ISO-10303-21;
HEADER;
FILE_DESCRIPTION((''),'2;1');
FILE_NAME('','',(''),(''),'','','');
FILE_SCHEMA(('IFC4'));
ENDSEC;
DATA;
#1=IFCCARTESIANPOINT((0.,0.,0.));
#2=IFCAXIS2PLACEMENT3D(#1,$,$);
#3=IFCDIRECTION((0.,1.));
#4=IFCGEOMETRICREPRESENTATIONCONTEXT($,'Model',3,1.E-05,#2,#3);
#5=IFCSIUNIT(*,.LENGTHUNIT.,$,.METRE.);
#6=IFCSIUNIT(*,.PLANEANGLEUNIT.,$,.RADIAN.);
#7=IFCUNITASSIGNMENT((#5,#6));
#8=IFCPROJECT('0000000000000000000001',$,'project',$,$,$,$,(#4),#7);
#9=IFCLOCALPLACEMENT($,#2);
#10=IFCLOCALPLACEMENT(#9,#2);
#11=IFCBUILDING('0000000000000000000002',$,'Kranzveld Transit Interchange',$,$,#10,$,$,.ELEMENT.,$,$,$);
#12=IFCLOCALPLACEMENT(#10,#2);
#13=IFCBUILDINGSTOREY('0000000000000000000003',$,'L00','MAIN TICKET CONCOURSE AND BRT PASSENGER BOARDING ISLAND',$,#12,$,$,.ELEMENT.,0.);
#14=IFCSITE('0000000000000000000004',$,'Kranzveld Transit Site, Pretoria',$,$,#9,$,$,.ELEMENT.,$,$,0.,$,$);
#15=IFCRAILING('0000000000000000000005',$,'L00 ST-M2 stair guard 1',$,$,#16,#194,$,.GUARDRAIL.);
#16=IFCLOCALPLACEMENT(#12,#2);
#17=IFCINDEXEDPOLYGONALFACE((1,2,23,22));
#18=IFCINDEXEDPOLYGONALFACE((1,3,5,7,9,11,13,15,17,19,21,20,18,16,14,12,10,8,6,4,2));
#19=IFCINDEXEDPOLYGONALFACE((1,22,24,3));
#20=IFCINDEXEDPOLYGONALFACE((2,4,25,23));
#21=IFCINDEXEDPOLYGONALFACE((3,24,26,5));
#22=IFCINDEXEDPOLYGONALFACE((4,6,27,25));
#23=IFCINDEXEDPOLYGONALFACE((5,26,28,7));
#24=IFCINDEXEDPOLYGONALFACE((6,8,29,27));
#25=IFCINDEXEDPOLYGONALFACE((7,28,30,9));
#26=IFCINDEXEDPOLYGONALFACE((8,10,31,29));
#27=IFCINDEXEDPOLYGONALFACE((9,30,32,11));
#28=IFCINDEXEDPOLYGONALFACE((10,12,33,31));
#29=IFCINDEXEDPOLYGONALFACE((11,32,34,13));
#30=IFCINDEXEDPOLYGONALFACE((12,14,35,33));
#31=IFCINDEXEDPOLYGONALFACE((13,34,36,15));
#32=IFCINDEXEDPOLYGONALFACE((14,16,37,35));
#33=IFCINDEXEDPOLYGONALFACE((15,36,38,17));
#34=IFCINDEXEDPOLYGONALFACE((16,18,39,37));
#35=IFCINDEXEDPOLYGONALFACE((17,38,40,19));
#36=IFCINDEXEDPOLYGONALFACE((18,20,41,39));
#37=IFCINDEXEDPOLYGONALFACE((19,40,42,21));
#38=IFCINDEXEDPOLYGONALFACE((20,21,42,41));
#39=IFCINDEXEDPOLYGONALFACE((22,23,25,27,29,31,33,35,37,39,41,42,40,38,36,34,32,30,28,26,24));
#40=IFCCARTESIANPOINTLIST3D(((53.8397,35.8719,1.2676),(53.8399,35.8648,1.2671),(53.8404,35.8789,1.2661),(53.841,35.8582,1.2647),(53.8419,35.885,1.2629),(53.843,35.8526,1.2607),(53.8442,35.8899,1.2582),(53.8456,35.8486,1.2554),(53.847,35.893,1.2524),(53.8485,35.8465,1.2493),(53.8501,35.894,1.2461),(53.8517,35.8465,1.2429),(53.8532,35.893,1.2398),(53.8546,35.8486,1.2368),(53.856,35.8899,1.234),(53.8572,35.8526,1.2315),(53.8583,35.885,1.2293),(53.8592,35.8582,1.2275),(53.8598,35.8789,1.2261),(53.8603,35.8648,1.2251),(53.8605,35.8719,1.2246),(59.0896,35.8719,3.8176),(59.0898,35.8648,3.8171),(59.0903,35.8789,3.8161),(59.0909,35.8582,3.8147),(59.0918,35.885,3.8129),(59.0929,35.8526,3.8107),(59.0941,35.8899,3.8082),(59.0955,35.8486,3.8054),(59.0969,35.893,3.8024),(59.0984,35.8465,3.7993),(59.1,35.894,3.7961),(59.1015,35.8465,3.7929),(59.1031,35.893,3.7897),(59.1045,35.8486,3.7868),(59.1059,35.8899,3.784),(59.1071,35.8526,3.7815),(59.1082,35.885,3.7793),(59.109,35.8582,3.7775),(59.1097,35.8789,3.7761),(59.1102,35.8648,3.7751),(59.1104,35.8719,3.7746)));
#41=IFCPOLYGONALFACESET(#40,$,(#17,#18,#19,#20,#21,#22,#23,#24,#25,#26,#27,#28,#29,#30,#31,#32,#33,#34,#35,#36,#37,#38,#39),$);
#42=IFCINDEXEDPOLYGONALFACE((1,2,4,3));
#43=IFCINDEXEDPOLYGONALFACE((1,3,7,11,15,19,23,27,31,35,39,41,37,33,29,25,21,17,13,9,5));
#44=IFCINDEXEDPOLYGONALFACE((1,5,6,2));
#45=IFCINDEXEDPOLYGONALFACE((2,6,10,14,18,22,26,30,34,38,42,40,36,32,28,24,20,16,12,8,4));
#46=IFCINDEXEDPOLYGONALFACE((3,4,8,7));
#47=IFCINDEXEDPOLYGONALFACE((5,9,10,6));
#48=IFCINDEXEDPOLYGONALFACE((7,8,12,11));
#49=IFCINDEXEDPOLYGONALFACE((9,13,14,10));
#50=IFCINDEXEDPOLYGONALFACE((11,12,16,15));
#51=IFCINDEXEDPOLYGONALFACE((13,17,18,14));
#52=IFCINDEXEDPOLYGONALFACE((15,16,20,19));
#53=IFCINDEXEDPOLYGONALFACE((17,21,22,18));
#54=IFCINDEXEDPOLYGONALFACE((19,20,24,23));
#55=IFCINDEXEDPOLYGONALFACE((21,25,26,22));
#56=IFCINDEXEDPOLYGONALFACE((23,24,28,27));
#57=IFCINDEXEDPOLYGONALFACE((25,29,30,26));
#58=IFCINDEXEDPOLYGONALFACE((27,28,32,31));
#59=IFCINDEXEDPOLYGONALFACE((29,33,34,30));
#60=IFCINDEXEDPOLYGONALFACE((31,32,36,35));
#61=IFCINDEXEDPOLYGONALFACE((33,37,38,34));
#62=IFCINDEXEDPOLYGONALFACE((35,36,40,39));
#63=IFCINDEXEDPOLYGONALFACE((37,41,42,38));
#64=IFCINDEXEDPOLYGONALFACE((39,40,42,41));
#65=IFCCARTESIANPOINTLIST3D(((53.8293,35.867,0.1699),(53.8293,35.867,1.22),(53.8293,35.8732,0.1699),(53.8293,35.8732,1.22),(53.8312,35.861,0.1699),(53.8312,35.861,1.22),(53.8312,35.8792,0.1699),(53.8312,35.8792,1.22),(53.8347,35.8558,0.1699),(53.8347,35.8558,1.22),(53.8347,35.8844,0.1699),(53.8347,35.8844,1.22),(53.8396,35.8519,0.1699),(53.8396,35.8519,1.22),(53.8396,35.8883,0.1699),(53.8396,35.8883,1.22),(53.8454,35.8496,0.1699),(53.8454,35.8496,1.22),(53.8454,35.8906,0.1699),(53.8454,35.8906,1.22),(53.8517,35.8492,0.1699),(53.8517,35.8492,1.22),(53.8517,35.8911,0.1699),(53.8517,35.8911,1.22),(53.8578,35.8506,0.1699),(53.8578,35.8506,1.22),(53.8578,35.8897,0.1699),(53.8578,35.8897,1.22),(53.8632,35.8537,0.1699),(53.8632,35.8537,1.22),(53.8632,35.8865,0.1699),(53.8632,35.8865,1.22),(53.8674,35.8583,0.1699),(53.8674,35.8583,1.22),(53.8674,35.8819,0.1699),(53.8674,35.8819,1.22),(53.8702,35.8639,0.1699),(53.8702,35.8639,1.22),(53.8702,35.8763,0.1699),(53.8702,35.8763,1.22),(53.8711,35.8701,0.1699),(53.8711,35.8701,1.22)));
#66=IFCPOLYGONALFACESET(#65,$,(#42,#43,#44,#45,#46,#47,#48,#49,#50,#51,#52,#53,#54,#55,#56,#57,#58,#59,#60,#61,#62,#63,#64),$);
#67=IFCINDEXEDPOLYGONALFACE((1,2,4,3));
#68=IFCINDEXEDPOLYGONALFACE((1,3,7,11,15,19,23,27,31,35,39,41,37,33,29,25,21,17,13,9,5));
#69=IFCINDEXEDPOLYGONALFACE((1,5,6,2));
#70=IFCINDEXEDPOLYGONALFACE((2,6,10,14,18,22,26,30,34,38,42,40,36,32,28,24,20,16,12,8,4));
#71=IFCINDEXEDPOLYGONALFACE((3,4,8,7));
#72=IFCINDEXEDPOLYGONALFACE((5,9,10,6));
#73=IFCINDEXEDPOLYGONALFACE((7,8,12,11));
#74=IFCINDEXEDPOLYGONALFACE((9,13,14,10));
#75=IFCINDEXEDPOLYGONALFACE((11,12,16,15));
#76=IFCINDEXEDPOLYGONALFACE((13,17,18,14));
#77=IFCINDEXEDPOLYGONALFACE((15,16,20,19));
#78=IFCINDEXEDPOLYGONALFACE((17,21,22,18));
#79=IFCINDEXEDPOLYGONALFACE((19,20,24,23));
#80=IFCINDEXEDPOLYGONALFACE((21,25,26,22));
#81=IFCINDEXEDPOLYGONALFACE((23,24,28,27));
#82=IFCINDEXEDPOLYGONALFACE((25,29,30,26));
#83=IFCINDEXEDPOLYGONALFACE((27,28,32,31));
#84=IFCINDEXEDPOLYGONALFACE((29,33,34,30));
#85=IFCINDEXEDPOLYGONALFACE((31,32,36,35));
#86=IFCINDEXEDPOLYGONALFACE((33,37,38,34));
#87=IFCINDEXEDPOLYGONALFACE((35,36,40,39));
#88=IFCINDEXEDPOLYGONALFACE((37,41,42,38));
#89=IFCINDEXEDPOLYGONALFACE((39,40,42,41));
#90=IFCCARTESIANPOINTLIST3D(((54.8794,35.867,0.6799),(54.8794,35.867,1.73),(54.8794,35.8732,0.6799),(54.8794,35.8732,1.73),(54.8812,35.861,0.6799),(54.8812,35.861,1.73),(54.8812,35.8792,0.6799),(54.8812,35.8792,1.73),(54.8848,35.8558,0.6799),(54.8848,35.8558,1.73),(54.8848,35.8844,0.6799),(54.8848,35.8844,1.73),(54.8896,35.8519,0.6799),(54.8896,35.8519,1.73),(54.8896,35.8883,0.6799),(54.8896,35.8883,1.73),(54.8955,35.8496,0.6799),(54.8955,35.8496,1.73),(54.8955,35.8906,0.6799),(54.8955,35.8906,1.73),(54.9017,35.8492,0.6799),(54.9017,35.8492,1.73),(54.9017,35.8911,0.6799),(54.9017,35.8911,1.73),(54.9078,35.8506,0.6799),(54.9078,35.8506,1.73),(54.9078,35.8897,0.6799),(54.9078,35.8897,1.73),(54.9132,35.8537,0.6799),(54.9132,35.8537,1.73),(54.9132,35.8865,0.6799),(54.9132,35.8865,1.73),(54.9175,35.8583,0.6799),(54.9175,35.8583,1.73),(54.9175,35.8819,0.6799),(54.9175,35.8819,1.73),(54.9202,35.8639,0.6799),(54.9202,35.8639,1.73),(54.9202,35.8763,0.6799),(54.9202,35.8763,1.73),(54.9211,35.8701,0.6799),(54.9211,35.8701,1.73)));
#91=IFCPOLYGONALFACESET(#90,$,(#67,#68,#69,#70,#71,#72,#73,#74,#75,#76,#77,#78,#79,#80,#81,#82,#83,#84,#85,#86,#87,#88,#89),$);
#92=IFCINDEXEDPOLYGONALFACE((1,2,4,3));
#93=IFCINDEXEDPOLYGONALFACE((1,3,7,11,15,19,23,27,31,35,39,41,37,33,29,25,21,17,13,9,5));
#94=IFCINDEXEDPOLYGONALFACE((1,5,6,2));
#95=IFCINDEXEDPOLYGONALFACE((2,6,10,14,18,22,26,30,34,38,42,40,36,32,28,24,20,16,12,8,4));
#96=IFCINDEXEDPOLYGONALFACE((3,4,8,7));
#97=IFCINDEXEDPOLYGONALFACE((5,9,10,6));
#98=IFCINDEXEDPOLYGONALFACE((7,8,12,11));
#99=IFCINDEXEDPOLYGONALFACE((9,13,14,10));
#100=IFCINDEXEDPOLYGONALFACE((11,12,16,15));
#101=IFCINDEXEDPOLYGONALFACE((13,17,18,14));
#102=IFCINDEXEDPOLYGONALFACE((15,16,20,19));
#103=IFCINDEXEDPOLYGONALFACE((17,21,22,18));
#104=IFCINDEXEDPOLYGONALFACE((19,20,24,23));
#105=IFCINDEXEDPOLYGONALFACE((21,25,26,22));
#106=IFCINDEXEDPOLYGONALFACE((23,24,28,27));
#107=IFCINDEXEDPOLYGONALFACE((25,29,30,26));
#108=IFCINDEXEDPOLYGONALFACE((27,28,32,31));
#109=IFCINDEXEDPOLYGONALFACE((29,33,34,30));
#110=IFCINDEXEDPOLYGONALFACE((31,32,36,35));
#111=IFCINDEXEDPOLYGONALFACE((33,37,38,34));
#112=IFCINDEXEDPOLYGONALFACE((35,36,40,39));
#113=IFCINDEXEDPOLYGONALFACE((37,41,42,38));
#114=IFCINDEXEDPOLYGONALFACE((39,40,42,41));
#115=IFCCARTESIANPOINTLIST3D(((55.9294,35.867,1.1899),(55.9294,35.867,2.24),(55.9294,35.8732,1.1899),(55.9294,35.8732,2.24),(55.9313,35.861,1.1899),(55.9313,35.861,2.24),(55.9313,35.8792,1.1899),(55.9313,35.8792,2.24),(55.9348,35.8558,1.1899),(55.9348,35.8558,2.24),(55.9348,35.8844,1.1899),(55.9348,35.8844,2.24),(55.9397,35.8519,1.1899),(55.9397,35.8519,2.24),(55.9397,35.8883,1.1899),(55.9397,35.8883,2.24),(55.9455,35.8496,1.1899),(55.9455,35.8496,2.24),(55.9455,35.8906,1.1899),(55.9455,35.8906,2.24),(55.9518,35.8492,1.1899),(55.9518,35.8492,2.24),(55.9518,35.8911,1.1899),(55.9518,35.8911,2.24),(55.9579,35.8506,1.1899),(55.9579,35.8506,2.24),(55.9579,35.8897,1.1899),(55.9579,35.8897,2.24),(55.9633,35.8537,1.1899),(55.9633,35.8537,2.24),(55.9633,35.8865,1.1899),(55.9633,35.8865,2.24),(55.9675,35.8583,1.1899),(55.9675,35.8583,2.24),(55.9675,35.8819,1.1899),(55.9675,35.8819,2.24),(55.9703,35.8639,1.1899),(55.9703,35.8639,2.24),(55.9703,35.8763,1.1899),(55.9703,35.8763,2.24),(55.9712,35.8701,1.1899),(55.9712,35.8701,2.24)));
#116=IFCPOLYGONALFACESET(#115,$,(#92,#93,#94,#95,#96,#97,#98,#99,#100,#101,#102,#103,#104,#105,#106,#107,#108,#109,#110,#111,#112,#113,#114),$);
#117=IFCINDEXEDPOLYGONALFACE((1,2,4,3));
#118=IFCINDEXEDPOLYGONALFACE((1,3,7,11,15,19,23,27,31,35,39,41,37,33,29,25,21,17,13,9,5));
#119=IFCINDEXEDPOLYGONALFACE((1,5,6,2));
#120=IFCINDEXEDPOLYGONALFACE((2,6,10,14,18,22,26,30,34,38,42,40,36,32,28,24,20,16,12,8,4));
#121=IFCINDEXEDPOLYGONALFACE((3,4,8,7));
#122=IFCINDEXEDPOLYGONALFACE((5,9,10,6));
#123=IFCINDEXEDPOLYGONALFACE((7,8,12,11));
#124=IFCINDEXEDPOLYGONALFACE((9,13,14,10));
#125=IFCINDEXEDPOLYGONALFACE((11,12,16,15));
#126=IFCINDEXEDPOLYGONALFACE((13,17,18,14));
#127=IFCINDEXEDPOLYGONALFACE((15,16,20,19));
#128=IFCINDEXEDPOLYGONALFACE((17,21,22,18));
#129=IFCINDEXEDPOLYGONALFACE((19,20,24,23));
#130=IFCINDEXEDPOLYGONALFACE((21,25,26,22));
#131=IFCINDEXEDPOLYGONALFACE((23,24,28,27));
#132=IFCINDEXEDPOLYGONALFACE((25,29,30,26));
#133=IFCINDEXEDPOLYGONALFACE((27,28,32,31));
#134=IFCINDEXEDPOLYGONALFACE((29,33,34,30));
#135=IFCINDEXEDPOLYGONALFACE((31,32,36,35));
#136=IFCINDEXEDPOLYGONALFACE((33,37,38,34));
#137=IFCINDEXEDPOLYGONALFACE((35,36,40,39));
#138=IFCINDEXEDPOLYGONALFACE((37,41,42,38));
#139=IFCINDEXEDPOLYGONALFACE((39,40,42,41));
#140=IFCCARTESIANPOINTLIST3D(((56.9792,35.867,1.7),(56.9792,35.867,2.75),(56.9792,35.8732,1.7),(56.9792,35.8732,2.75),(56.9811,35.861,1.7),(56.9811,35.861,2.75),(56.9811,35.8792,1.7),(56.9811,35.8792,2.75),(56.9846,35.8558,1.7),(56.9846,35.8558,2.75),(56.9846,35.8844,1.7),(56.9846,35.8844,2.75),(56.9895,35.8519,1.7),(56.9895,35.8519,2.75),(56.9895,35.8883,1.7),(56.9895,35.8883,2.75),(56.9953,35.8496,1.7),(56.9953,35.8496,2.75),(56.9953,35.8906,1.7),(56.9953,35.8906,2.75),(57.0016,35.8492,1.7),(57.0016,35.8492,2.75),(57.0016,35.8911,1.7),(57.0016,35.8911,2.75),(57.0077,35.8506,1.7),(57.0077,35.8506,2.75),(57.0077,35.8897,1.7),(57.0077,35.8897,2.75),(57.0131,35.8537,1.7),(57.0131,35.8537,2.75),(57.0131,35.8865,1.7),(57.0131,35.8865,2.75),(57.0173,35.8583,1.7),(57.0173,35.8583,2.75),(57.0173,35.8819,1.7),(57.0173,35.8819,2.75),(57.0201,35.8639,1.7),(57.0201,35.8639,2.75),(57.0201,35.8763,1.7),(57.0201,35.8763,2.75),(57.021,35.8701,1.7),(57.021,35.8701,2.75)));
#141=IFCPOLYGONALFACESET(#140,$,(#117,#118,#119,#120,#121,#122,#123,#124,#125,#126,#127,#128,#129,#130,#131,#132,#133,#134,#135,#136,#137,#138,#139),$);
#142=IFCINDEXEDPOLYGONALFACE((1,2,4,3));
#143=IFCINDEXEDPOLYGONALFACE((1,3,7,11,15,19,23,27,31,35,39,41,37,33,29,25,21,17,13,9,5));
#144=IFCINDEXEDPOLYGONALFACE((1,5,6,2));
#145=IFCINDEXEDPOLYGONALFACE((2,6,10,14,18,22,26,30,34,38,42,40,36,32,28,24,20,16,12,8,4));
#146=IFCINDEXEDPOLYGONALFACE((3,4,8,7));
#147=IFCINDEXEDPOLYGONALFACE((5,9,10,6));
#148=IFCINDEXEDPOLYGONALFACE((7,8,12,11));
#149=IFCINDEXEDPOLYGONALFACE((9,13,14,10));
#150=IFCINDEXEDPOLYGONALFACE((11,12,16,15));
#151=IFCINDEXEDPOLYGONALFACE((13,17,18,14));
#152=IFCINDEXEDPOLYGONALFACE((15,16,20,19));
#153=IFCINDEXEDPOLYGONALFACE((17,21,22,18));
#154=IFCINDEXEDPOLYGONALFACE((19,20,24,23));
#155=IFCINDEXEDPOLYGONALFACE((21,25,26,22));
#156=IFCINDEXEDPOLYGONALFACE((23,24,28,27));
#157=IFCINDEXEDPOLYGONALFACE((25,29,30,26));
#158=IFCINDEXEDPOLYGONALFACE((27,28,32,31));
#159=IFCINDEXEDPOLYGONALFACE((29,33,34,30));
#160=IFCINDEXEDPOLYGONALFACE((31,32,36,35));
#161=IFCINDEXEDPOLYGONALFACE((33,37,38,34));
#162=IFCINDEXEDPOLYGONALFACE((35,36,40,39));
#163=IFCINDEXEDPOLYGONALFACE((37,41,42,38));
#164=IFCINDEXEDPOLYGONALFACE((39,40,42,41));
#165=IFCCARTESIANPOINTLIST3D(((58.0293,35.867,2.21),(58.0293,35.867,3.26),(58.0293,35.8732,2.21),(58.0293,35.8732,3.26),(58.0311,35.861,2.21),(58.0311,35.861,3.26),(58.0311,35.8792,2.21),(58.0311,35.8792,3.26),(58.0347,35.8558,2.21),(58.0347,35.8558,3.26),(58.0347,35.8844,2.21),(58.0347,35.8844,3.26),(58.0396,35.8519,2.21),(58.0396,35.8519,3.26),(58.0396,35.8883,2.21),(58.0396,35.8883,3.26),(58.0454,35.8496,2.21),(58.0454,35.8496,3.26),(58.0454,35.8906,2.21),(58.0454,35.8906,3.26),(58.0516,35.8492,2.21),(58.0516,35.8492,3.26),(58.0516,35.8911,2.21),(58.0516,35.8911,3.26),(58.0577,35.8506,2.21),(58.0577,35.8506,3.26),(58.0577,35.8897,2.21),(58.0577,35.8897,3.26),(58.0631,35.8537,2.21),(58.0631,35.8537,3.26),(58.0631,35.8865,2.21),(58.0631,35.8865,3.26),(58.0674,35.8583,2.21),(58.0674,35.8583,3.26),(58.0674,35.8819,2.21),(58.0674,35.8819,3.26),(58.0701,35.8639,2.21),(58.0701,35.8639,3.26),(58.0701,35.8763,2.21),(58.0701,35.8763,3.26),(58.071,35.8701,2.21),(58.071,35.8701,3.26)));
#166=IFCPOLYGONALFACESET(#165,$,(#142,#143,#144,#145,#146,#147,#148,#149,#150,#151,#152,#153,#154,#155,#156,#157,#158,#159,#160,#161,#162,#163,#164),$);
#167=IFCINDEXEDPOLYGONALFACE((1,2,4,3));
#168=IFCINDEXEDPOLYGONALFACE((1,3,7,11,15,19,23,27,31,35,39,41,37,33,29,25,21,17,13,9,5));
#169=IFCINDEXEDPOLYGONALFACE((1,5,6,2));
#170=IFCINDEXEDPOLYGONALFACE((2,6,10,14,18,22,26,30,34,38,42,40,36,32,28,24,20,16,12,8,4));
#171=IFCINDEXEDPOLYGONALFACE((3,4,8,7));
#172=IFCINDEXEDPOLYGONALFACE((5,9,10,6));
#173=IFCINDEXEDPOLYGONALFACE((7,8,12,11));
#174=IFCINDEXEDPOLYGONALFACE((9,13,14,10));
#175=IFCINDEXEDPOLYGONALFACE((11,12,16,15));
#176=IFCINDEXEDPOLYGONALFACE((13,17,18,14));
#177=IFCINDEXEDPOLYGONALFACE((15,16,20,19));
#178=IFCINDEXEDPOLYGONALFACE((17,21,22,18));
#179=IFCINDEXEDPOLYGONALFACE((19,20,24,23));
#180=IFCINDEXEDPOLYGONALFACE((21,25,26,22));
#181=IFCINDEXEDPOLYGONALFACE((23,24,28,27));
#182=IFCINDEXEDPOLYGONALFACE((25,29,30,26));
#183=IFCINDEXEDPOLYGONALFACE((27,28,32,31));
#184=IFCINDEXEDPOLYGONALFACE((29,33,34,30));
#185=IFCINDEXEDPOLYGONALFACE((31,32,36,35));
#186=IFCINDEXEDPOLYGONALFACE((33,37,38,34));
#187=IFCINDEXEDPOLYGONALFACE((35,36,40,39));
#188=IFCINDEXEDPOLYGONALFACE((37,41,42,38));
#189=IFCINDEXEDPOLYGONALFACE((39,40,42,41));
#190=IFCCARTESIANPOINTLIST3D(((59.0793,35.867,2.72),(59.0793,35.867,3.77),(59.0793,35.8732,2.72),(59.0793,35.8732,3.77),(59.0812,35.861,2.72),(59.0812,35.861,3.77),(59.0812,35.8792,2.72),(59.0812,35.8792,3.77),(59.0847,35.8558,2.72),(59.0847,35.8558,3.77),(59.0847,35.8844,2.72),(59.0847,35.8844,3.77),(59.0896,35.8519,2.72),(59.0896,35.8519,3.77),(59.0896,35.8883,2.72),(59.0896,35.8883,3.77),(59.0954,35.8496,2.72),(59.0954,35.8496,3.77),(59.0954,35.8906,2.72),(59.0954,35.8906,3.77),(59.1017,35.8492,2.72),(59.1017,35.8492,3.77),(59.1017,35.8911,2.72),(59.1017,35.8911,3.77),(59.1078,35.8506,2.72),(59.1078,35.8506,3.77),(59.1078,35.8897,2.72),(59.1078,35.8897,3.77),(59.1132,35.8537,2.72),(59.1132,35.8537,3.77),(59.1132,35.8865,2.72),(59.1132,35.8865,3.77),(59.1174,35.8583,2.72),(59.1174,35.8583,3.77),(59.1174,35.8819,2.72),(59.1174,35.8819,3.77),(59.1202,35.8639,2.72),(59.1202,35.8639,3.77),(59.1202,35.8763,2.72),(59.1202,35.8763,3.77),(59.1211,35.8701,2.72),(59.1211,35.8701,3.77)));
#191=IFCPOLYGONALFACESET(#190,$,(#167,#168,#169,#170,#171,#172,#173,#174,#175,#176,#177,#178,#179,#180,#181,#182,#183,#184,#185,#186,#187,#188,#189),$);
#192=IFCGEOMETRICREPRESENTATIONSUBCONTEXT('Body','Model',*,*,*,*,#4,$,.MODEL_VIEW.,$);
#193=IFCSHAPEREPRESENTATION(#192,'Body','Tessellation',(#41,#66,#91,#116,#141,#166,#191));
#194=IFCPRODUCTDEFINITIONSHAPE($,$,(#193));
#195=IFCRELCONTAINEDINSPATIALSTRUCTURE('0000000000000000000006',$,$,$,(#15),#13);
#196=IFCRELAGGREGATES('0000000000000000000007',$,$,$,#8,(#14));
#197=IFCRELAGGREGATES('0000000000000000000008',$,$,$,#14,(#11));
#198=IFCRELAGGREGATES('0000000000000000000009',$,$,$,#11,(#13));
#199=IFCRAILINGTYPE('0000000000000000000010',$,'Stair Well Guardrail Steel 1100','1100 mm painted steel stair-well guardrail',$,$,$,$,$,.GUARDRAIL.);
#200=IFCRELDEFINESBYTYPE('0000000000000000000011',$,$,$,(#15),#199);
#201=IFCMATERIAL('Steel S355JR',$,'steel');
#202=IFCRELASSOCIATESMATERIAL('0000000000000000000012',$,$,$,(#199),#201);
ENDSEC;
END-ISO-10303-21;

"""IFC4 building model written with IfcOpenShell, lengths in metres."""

from ifc_helpers import new_model, si_unit, direction, frame, origin, origin_2d, place, context, subcontext, project, spatial, circle, extrude, material, type_object, element, save


model = new_model("IFC4")

# Units and contexts
model_context = context("Model", 3, precision=1e-05, world=origin(), true_north=direction((0.0, 1.0)))
body_context = subcontext(model_context, "Body", "Model", "MODEL_VIEW")
ifc_project = project(units=[si_unit("LENGTHUNIT", "METRE"), si_unit("PLANEANGLEUNIT", "RADIAN")], contexts=[model_context])

# Site, building, storey
site_placement = place(None, origin())
site = spatial("IfcSite", under=ifc_project, at=site_placement, Name="Kranzveld Transit Site, Pretoria", CompositionType="ELEMENT", RefElevation=0.0)
building_placement = place(site_placement, origin())
building = spatial("IfcBuilding", under=site, at=building_placement, Name="Kranzveld Transit Interchange", CompositionType="ELEMENT")
storey_placement = place(building_placement, origin())
storey = spatial("IfcBuildingStorey", under=building, at=storey_placement, Name="L00", Description="MAIN TICKET CONCOURSE AND BRT PASSENGER BOARDING ISLAND", CompositionType="ELEMENT", Elevation=0.0)

# Railing
ifc_material_1 = material(Name="Steel S355JR", Category="steel")
railing_type_1 = type_object("IfcRailingType", Name="Stair Well Guardrail Steel 1100", Description="1100 mm painted steel stair-well guardrail", PredefinedType="GUARDRAIL", material=ifc_material_1)
railing_1_placement = place(storey_placement, frame((53.8501, 35.8701, 0.1699)))
element("IfcRailing", 1, at=railing_1_placement, inside=storey, type_object=railing_type_1, Name="L00 ST-M2 stair guard 1", PredefinedType="GUARDRAIL", context=body_context, shape_type="SweptSolid", body=[
    extrude(circle(Radius=0.0239, at=origin_2d()), frame((0.0, 0.0, 1.0762), z_axis=(0.899505, 0.0, 0.436911), x_axis=(0.0, 1.0, 0.0)), (0.0, 0.0, 1.0), 5.8364),
    extrude(circle(Radius=0.021, at=origin_2d()), origin(), (0.0, 0.0, 1.0), 1.05),
    extrude(circle(Radius=0.021, at=origin_2d()), frame((1.05, 0.0, 0.51)), (0.0, 0.0, 1.0), 1.05),
    extrude(circle(Radius=0.021, at=origin_2d()), frame((2.1001, 0.0, 1.02)), (0.0, 0.0, 1.0), 1.05),
    extrude(circle(Radius=0.021, at=origin_2d()), frame((3.1499, 0.0, 1.53)), (0.0, 0.0, 1.0), 1.05),
    extrude(circle(Radius=0.021, at=origin_2d()), frame((4.2, 0.0, 2.04)), (0.0, 0.0, 1.0), 1.05),
    extrude(circle(Radius=0.021, at=origin_2d()), frame((5.25, 0.0, 2.55)), (0.0, 0.0, 1.0), 1.05),
])

save(model, "model.ifc")
